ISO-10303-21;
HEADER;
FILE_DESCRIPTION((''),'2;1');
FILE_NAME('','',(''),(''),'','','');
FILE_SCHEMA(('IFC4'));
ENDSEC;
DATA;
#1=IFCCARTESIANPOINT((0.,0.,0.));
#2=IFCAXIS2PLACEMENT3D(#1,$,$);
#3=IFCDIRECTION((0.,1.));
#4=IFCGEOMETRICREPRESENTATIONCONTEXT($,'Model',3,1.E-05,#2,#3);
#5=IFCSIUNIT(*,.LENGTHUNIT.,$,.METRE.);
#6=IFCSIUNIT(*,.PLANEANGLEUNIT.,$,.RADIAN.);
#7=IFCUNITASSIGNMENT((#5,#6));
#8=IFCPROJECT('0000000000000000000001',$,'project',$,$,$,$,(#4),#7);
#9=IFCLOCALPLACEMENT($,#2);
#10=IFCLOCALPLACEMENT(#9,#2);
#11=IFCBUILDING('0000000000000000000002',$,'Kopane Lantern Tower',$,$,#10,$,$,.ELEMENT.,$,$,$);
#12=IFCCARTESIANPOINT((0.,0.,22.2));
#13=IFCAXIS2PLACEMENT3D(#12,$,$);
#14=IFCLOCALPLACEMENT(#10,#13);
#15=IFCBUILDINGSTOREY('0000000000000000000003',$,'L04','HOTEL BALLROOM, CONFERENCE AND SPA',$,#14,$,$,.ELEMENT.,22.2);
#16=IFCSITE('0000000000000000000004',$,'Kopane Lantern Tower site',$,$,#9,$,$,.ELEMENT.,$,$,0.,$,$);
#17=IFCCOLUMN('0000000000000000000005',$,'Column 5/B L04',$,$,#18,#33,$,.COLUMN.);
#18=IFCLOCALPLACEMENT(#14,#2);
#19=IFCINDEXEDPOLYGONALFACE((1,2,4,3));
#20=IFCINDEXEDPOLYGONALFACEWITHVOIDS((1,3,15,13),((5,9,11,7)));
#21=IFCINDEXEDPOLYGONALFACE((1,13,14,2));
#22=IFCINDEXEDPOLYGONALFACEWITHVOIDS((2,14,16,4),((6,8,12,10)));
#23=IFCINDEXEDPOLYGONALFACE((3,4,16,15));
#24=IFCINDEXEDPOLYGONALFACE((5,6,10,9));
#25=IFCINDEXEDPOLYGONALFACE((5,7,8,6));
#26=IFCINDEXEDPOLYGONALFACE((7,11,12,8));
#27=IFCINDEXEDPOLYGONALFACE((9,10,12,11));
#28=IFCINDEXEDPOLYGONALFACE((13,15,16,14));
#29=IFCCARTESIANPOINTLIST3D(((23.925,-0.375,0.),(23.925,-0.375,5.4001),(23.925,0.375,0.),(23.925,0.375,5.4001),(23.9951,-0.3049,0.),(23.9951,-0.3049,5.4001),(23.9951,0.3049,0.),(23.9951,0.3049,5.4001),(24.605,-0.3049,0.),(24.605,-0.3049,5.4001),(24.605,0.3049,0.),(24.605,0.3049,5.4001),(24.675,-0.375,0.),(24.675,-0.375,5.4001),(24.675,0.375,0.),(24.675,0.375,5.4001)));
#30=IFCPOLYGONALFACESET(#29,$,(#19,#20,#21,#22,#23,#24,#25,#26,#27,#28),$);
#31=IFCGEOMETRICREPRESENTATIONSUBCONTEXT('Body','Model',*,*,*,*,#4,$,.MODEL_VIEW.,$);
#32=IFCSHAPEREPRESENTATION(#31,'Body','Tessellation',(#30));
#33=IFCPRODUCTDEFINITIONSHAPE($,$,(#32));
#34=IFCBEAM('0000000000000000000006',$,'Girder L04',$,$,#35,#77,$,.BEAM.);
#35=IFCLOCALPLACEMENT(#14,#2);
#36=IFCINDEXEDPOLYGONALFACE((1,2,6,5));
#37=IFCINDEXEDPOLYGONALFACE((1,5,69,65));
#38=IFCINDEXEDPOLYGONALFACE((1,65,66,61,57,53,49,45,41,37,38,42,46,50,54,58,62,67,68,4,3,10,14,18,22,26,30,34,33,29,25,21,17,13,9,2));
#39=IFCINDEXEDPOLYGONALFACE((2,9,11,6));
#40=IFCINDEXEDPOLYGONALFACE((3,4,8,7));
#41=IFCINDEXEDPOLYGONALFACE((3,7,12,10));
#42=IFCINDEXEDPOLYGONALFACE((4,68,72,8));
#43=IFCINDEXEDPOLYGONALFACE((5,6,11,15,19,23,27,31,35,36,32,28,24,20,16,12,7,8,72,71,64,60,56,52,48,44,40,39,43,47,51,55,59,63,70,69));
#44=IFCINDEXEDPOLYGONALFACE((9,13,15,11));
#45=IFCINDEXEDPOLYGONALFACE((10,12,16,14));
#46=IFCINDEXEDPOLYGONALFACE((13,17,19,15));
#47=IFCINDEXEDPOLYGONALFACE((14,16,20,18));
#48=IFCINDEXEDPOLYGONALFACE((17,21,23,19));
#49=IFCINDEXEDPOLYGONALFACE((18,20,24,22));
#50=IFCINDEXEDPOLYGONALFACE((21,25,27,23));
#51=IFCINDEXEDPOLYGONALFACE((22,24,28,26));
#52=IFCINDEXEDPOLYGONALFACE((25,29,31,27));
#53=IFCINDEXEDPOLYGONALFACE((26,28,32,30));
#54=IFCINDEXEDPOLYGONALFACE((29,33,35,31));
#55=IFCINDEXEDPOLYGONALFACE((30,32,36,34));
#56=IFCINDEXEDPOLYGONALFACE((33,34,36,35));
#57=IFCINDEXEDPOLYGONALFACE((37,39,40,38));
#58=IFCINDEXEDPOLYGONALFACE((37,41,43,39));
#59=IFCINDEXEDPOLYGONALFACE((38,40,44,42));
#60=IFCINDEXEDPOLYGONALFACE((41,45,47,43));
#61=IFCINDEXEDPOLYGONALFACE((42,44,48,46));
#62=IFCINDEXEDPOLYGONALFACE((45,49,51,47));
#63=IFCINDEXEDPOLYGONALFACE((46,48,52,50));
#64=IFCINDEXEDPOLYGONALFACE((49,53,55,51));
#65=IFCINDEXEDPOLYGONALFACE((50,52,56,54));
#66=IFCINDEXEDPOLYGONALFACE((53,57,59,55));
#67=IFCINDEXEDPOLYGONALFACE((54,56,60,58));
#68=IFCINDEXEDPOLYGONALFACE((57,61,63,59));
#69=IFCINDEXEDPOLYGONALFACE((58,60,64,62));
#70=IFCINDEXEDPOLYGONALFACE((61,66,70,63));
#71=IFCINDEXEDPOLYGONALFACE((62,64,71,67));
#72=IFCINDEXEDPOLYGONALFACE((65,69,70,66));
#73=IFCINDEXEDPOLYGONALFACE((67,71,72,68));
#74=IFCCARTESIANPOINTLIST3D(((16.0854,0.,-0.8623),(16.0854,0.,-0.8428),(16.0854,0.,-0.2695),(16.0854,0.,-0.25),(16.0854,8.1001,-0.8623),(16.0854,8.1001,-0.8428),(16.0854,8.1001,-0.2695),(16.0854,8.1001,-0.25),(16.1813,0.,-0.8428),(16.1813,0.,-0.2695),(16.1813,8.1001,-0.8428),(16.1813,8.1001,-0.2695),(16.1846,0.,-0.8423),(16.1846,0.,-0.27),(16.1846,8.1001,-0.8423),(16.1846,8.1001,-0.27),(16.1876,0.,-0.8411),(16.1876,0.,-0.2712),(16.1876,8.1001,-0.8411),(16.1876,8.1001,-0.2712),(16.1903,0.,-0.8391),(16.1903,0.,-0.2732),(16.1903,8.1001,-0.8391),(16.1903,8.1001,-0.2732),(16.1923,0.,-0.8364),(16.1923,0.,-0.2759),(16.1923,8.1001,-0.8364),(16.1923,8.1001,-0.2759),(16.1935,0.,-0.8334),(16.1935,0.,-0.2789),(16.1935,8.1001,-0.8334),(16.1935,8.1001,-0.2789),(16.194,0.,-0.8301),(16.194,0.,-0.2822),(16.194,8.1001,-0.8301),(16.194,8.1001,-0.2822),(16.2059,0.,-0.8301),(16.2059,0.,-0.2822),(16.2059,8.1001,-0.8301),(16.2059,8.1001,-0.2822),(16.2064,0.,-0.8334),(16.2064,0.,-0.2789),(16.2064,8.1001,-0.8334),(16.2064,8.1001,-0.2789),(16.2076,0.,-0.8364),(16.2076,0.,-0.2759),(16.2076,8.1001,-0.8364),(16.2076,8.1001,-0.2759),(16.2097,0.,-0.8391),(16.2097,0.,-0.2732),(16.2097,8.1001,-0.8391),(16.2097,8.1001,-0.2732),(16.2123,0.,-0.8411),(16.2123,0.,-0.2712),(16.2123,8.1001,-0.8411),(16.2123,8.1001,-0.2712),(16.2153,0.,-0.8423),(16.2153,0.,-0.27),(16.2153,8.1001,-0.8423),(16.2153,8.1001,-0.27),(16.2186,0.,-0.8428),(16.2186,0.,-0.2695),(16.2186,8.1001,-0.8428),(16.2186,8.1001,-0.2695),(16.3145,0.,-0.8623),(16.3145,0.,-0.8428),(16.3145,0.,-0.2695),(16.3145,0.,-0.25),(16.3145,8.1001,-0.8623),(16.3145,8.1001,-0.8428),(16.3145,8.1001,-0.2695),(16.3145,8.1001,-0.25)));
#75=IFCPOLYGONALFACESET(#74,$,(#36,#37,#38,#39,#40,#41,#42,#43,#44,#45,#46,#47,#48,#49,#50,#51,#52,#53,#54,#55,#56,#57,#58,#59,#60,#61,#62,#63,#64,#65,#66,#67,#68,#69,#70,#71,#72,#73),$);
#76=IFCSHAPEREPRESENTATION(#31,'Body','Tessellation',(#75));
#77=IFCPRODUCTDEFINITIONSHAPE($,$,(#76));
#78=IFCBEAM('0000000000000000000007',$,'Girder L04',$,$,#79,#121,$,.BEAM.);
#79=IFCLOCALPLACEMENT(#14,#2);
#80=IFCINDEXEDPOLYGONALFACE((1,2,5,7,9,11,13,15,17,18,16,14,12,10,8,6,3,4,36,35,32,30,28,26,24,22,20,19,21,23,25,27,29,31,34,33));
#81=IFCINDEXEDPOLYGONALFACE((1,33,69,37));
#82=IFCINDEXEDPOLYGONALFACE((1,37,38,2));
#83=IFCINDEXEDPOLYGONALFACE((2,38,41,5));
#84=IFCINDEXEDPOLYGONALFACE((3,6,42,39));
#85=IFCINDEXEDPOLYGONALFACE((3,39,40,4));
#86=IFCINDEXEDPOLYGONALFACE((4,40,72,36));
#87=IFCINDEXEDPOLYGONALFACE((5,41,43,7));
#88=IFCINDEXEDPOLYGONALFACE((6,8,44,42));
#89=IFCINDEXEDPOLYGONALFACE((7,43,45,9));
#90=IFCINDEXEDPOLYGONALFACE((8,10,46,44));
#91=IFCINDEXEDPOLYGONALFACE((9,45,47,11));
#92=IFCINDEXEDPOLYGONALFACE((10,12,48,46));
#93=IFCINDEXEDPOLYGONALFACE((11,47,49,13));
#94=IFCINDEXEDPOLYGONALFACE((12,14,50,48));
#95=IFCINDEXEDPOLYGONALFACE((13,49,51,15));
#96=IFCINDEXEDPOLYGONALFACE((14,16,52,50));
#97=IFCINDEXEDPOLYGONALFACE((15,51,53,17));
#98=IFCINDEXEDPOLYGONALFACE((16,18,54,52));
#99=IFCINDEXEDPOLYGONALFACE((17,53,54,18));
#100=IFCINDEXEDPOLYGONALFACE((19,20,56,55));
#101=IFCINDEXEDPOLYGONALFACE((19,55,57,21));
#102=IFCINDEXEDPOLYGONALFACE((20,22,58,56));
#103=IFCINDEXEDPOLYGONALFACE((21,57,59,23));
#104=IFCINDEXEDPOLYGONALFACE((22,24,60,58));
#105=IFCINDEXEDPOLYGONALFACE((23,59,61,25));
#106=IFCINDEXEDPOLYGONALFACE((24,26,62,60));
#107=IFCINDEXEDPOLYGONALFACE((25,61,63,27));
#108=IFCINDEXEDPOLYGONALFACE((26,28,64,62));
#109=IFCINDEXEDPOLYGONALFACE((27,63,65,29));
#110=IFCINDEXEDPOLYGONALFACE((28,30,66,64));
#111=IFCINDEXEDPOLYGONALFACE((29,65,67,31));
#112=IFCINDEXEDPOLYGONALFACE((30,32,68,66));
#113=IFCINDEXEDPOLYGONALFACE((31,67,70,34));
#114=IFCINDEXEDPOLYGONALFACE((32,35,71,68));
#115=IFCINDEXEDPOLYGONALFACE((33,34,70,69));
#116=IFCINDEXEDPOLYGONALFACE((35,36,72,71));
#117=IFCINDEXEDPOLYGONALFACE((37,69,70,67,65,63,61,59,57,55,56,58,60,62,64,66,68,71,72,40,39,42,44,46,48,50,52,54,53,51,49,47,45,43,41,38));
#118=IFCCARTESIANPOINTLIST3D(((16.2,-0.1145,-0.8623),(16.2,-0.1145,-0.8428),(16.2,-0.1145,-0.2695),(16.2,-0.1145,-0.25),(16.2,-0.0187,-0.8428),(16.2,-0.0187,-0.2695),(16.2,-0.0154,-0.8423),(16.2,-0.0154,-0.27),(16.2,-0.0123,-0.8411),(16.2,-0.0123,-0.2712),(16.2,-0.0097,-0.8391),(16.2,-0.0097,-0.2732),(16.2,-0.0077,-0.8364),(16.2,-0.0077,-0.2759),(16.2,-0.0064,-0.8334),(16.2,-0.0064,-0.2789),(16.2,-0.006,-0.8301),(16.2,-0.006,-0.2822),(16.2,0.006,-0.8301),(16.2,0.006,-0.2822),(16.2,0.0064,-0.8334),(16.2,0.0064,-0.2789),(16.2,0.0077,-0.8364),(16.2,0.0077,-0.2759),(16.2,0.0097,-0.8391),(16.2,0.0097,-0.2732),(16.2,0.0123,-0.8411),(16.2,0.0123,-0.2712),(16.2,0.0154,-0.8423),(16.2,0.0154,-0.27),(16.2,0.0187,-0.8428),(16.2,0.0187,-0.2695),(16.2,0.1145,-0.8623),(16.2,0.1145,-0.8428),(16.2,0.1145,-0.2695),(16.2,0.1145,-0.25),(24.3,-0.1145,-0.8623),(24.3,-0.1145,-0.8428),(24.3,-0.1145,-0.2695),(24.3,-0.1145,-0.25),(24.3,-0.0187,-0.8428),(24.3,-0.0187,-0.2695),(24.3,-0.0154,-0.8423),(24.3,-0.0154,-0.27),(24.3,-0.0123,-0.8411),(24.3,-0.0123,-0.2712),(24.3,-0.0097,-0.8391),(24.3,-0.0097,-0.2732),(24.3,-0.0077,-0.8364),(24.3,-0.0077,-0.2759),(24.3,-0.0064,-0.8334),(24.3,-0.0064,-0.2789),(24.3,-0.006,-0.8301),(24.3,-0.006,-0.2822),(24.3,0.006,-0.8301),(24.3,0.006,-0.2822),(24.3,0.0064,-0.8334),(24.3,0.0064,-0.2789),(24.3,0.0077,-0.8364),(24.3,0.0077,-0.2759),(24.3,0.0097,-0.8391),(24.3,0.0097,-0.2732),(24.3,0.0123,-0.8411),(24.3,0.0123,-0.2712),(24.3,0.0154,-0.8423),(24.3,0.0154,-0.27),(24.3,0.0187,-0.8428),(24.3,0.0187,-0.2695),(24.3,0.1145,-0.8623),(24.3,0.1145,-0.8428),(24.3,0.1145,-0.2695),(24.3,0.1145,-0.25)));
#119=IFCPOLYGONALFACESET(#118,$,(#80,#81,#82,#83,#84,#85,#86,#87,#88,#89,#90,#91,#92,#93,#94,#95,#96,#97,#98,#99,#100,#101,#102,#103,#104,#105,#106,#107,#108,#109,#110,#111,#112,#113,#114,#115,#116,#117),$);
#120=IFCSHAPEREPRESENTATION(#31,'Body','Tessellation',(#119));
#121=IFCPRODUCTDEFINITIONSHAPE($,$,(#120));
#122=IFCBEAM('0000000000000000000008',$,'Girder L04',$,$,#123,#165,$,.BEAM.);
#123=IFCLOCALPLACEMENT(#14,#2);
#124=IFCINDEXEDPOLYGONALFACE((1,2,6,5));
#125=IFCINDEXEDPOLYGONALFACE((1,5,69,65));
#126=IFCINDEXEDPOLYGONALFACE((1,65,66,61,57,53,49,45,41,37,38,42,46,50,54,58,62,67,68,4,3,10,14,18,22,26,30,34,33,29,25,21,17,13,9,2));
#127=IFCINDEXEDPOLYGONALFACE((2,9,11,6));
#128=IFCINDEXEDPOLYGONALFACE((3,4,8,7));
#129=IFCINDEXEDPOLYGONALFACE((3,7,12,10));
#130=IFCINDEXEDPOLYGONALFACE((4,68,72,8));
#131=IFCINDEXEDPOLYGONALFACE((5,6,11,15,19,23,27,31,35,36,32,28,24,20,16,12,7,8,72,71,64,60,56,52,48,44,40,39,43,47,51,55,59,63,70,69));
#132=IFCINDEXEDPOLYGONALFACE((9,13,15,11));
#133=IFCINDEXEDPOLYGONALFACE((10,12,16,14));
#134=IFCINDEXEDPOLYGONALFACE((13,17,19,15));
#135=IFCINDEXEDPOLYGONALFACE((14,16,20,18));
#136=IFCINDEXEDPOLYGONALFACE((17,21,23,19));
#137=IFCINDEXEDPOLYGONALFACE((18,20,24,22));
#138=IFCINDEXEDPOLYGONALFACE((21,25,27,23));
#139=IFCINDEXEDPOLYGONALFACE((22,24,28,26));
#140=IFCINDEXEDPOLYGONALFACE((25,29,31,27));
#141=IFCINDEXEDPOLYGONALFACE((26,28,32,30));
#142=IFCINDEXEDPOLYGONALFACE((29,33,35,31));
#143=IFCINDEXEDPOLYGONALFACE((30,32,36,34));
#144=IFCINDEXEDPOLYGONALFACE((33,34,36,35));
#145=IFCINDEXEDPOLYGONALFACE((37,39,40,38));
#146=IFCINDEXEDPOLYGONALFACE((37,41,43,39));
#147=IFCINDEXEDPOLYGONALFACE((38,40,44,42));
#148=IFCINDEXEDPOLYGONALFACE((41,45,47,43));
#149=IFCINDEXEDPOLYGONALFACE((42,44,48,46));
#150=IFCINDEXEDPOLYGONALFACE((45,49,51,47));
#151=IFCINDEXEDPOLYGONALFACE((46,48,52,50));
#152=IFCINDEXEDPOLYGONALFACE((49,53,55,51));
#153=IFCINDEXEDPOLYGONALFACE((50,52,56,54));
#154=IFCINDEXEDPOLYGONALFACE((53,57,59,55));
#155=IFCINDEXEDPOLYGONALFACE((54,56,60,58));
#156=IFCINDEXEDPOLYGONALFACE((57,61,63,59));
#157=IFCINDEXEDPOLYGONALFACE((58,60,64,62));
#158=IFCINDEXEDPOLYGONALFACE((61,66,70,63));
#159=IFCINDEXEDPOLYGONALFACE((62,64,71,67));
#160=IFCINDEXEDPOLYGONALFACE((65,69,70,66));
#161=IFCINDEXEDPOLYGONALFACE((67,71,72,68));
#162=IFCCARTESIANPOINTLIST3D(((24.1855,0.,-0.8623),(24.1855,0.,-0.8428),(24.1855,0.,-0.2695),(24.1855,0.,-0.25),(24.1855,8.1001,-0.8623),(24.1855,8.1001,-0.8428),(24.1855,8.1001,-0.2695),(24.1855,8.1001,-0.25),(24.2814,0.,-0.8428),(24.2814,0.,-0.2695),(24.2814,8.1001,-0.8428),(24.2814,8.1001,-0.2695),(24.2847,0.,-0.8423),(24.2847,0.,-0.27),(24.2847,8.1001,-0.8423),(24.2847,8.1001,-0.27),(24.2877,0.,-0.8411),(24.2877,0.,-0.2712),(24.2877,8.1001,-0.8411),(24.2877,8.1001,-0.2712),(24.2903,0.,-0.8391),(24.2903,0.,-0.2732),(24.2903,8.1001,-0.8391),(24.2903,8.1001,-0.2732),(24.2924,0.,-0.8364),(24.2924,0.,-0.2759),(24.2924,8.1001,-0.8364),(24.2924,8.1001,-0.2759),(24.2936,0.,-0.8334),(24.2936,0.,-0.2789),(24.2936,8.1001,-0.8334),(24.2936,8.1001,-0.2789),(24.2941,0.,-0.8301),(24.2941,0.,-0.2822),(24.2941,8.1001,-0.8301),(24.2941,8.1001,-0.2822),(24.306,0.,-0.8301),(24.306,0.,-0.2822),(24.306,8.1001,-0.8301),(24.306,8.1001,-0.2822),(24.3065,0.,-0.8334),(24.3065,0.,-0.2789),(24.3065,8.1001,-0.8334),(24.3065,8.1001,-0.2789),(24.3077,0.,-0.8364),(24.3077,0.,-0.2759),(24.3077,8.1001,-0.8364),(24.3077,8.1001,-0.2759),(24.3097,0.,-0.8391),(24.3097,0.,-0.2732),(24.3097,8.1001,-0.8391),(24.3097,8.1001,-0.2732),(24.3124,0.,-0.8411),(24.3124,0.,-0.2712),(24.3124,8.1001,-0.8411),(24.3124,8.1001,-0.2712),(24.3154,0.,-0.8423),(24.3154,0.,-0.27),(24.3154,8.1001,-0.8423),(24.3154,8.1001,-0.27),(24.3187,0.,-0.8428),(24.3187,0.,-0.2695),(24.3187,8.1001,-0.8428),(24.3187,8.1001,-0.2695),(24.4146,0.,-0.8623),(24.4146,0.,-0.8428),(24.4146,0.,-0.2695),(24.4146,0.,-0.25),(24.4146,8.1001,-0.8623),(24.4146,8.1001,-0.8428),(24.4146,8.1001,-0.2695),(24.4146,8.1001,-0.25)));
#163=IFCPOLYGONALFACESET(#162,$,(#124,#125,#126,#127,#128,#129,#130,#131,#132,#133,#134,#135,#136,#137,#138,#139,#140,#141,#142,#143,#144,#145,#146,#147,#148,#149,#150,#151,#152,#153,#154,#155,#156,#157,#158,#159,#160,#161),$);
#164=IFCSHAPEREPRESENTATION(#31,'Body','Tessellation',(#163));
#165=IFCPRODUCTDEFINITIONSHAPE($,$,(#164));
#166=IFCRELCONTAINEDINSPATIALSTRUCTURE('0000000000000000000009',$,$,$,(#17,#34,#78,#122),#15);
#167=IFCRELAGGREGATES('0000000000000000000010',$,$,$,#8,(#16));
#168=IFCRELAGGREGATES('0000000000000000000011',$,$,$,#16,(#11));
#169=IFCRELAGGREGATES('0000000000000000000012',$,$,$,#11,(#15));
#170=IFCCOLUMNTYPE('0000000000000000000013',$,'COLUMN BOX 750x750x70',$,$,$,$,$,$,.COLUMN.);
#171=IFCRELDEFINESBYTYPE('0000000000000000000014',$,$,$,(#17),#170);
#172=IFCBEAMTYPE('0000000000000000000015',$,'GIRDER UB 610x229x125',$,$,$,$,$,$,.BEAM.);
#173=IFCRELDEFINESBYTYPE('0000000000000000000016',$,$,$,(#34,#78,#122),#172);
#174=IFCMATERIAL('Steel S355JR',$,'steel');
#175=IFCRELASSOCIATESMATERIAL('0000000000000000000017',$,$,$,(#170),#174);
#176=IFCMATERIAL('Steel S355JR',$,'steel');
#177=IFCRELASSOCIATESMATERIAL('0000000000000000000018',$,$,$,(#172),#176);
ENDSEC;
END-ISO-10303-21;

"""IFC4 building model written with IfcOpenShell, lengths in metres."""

from ifc_helpers import new_model, si_unit, direction, frame, origin, origin_2d, place, context, subcontext, project, spatial, hollow_rectangle, i_section, extrude, material, material_profile, profile_set, type_object, element, save


model = new_model("IFC4")

# Units and contexts
model_context = context("Model", 3, precision=1e-05, world=origin(), true_north=direction((0.0, 1.0)))
body_context = subcontext(model_context, "Body", "Model", "MODEL_VIEW")
ifc_project = project(units=[si_unit("LENGTHUNIT", "METRE"), si_unit("PLANEANGLEUNIT", "RADIAN")], contexts=[model_context])

# Site, building, storey
site_placement = place(None, origin())
site = spatial("IfcSite", under=ifc_project, at=site_placement, Name="Kopane Lantern Tower site", CompositionType="ELEMENT", RefElevation=0.0)
building_placement = place(site_placement, origin())
building = spatial("IfcBuilding", under=site, at=building_placement, Name="Kopane Lantern Tower", CompositionType="ELEMENT")
storey_placement = place(building_placement, frame((0.0, 0.0, 22.2)))
storey = spatial("IfcBuildingStorey", under=building, at=storey_placement, Name="L04", Description="HOTEL BALLROOM, CONFERENCE AND SPA", CompositionType="ELEMENT", Elevation=22.2)

# Column
ifc_material_1 = material(Name="Steel S355JR", Category="steel")
ifc_material_profile_1 = material_profile(ifc_material_1, hollow_rectangle(XDim=0.75, YDim=0.75, WallThickness=0.0701, at=origin_2d()), Name="BOX 750x750x70")
ifc_profile_set_1 = profile_set([ifc_material_profile_1], Name="Steel S355JR")
column_type = type_object("IfcColumnType", Name="COLUMN BOX 750x750x70", PredefinedType="COLUMN", material=ifc_profile_set_1)
column_placement = place(storey_placement, frame((24.3, 0.0, 0.0), z_axis=(0.0, 0.0, 1.0), x_axis=(1.0, 0.0, 0.0)))
element("IfcColumn", 1, at=column_placement, inside=storey, type_object=column_type, Name="Column 5/B L04", PredefinedType="COLUMN", context=body_context, shape_type="SweptSolid", body=[
    extrude(hollow_rectangle(XDim=0.75, YDim=0.75, WallThickness=0.0701, at=origin_2d()), origin(), (0.0, 0.0, 1.0), 5.4001),
])

# Beams
ifc_material_2 = material(Name="Steel S355JR", Category="steel")
ifc_material_profile_2 = material_profile(ifc_material_2, i_section(OverallWidth=0.229, OverallDepth=0.6123, WebThickness=0.012, FlangeThickness=0.0195, FilletRadius=0.0127, at=origin_2d()), Name="UB 610x229x125")
ifc_profile_set_2 = profile_set([ifc_material_profile_2], Name="Steel S355JR")
beam_type = type_object("IfcBeamType", Name="GIRDER UB 610x229x125", PredefinedType="BEAM", material=ifc_profile_set_2)
for number, where, z_axis, x_axis, name in (
    (2, (16.2, 0.0, -0.5562), (0.0, 1.0, 0.0), (-1.0, 0.0, 0.0), "Girder L04"),
    (3, (16.2, 0.0, -0.5562), (1.0, 0.0, 0.0), (0.0, 1.0, 0.0), "Girder L04"),
    (4, (24.3, 0.0, -0.5562), (0.0, 1.0, 0.0), (-1.0, 0.0, 0.0), "Girder L04"),
):
    element("IfcBeam", number, at=place(storey_placement, frame(where, z_axis=z_axis, x_axis=x_axis)), inside=storey, type_object=beam_type, Name=name, PredefinedType="BEAM", context=body_context, shape_type="SweptSolid", body=[
        extrude(i_section(OverallWidth=0.229, OverallDepth=0.6123, WebThickness=0.012, FlangeThickness=0.0195, FilletRadius=0.0127, at=origin_2d()), origin(), (0.0, 0.0, 1.0), 8.1001),
    ])

save(model, "model.ifc")
